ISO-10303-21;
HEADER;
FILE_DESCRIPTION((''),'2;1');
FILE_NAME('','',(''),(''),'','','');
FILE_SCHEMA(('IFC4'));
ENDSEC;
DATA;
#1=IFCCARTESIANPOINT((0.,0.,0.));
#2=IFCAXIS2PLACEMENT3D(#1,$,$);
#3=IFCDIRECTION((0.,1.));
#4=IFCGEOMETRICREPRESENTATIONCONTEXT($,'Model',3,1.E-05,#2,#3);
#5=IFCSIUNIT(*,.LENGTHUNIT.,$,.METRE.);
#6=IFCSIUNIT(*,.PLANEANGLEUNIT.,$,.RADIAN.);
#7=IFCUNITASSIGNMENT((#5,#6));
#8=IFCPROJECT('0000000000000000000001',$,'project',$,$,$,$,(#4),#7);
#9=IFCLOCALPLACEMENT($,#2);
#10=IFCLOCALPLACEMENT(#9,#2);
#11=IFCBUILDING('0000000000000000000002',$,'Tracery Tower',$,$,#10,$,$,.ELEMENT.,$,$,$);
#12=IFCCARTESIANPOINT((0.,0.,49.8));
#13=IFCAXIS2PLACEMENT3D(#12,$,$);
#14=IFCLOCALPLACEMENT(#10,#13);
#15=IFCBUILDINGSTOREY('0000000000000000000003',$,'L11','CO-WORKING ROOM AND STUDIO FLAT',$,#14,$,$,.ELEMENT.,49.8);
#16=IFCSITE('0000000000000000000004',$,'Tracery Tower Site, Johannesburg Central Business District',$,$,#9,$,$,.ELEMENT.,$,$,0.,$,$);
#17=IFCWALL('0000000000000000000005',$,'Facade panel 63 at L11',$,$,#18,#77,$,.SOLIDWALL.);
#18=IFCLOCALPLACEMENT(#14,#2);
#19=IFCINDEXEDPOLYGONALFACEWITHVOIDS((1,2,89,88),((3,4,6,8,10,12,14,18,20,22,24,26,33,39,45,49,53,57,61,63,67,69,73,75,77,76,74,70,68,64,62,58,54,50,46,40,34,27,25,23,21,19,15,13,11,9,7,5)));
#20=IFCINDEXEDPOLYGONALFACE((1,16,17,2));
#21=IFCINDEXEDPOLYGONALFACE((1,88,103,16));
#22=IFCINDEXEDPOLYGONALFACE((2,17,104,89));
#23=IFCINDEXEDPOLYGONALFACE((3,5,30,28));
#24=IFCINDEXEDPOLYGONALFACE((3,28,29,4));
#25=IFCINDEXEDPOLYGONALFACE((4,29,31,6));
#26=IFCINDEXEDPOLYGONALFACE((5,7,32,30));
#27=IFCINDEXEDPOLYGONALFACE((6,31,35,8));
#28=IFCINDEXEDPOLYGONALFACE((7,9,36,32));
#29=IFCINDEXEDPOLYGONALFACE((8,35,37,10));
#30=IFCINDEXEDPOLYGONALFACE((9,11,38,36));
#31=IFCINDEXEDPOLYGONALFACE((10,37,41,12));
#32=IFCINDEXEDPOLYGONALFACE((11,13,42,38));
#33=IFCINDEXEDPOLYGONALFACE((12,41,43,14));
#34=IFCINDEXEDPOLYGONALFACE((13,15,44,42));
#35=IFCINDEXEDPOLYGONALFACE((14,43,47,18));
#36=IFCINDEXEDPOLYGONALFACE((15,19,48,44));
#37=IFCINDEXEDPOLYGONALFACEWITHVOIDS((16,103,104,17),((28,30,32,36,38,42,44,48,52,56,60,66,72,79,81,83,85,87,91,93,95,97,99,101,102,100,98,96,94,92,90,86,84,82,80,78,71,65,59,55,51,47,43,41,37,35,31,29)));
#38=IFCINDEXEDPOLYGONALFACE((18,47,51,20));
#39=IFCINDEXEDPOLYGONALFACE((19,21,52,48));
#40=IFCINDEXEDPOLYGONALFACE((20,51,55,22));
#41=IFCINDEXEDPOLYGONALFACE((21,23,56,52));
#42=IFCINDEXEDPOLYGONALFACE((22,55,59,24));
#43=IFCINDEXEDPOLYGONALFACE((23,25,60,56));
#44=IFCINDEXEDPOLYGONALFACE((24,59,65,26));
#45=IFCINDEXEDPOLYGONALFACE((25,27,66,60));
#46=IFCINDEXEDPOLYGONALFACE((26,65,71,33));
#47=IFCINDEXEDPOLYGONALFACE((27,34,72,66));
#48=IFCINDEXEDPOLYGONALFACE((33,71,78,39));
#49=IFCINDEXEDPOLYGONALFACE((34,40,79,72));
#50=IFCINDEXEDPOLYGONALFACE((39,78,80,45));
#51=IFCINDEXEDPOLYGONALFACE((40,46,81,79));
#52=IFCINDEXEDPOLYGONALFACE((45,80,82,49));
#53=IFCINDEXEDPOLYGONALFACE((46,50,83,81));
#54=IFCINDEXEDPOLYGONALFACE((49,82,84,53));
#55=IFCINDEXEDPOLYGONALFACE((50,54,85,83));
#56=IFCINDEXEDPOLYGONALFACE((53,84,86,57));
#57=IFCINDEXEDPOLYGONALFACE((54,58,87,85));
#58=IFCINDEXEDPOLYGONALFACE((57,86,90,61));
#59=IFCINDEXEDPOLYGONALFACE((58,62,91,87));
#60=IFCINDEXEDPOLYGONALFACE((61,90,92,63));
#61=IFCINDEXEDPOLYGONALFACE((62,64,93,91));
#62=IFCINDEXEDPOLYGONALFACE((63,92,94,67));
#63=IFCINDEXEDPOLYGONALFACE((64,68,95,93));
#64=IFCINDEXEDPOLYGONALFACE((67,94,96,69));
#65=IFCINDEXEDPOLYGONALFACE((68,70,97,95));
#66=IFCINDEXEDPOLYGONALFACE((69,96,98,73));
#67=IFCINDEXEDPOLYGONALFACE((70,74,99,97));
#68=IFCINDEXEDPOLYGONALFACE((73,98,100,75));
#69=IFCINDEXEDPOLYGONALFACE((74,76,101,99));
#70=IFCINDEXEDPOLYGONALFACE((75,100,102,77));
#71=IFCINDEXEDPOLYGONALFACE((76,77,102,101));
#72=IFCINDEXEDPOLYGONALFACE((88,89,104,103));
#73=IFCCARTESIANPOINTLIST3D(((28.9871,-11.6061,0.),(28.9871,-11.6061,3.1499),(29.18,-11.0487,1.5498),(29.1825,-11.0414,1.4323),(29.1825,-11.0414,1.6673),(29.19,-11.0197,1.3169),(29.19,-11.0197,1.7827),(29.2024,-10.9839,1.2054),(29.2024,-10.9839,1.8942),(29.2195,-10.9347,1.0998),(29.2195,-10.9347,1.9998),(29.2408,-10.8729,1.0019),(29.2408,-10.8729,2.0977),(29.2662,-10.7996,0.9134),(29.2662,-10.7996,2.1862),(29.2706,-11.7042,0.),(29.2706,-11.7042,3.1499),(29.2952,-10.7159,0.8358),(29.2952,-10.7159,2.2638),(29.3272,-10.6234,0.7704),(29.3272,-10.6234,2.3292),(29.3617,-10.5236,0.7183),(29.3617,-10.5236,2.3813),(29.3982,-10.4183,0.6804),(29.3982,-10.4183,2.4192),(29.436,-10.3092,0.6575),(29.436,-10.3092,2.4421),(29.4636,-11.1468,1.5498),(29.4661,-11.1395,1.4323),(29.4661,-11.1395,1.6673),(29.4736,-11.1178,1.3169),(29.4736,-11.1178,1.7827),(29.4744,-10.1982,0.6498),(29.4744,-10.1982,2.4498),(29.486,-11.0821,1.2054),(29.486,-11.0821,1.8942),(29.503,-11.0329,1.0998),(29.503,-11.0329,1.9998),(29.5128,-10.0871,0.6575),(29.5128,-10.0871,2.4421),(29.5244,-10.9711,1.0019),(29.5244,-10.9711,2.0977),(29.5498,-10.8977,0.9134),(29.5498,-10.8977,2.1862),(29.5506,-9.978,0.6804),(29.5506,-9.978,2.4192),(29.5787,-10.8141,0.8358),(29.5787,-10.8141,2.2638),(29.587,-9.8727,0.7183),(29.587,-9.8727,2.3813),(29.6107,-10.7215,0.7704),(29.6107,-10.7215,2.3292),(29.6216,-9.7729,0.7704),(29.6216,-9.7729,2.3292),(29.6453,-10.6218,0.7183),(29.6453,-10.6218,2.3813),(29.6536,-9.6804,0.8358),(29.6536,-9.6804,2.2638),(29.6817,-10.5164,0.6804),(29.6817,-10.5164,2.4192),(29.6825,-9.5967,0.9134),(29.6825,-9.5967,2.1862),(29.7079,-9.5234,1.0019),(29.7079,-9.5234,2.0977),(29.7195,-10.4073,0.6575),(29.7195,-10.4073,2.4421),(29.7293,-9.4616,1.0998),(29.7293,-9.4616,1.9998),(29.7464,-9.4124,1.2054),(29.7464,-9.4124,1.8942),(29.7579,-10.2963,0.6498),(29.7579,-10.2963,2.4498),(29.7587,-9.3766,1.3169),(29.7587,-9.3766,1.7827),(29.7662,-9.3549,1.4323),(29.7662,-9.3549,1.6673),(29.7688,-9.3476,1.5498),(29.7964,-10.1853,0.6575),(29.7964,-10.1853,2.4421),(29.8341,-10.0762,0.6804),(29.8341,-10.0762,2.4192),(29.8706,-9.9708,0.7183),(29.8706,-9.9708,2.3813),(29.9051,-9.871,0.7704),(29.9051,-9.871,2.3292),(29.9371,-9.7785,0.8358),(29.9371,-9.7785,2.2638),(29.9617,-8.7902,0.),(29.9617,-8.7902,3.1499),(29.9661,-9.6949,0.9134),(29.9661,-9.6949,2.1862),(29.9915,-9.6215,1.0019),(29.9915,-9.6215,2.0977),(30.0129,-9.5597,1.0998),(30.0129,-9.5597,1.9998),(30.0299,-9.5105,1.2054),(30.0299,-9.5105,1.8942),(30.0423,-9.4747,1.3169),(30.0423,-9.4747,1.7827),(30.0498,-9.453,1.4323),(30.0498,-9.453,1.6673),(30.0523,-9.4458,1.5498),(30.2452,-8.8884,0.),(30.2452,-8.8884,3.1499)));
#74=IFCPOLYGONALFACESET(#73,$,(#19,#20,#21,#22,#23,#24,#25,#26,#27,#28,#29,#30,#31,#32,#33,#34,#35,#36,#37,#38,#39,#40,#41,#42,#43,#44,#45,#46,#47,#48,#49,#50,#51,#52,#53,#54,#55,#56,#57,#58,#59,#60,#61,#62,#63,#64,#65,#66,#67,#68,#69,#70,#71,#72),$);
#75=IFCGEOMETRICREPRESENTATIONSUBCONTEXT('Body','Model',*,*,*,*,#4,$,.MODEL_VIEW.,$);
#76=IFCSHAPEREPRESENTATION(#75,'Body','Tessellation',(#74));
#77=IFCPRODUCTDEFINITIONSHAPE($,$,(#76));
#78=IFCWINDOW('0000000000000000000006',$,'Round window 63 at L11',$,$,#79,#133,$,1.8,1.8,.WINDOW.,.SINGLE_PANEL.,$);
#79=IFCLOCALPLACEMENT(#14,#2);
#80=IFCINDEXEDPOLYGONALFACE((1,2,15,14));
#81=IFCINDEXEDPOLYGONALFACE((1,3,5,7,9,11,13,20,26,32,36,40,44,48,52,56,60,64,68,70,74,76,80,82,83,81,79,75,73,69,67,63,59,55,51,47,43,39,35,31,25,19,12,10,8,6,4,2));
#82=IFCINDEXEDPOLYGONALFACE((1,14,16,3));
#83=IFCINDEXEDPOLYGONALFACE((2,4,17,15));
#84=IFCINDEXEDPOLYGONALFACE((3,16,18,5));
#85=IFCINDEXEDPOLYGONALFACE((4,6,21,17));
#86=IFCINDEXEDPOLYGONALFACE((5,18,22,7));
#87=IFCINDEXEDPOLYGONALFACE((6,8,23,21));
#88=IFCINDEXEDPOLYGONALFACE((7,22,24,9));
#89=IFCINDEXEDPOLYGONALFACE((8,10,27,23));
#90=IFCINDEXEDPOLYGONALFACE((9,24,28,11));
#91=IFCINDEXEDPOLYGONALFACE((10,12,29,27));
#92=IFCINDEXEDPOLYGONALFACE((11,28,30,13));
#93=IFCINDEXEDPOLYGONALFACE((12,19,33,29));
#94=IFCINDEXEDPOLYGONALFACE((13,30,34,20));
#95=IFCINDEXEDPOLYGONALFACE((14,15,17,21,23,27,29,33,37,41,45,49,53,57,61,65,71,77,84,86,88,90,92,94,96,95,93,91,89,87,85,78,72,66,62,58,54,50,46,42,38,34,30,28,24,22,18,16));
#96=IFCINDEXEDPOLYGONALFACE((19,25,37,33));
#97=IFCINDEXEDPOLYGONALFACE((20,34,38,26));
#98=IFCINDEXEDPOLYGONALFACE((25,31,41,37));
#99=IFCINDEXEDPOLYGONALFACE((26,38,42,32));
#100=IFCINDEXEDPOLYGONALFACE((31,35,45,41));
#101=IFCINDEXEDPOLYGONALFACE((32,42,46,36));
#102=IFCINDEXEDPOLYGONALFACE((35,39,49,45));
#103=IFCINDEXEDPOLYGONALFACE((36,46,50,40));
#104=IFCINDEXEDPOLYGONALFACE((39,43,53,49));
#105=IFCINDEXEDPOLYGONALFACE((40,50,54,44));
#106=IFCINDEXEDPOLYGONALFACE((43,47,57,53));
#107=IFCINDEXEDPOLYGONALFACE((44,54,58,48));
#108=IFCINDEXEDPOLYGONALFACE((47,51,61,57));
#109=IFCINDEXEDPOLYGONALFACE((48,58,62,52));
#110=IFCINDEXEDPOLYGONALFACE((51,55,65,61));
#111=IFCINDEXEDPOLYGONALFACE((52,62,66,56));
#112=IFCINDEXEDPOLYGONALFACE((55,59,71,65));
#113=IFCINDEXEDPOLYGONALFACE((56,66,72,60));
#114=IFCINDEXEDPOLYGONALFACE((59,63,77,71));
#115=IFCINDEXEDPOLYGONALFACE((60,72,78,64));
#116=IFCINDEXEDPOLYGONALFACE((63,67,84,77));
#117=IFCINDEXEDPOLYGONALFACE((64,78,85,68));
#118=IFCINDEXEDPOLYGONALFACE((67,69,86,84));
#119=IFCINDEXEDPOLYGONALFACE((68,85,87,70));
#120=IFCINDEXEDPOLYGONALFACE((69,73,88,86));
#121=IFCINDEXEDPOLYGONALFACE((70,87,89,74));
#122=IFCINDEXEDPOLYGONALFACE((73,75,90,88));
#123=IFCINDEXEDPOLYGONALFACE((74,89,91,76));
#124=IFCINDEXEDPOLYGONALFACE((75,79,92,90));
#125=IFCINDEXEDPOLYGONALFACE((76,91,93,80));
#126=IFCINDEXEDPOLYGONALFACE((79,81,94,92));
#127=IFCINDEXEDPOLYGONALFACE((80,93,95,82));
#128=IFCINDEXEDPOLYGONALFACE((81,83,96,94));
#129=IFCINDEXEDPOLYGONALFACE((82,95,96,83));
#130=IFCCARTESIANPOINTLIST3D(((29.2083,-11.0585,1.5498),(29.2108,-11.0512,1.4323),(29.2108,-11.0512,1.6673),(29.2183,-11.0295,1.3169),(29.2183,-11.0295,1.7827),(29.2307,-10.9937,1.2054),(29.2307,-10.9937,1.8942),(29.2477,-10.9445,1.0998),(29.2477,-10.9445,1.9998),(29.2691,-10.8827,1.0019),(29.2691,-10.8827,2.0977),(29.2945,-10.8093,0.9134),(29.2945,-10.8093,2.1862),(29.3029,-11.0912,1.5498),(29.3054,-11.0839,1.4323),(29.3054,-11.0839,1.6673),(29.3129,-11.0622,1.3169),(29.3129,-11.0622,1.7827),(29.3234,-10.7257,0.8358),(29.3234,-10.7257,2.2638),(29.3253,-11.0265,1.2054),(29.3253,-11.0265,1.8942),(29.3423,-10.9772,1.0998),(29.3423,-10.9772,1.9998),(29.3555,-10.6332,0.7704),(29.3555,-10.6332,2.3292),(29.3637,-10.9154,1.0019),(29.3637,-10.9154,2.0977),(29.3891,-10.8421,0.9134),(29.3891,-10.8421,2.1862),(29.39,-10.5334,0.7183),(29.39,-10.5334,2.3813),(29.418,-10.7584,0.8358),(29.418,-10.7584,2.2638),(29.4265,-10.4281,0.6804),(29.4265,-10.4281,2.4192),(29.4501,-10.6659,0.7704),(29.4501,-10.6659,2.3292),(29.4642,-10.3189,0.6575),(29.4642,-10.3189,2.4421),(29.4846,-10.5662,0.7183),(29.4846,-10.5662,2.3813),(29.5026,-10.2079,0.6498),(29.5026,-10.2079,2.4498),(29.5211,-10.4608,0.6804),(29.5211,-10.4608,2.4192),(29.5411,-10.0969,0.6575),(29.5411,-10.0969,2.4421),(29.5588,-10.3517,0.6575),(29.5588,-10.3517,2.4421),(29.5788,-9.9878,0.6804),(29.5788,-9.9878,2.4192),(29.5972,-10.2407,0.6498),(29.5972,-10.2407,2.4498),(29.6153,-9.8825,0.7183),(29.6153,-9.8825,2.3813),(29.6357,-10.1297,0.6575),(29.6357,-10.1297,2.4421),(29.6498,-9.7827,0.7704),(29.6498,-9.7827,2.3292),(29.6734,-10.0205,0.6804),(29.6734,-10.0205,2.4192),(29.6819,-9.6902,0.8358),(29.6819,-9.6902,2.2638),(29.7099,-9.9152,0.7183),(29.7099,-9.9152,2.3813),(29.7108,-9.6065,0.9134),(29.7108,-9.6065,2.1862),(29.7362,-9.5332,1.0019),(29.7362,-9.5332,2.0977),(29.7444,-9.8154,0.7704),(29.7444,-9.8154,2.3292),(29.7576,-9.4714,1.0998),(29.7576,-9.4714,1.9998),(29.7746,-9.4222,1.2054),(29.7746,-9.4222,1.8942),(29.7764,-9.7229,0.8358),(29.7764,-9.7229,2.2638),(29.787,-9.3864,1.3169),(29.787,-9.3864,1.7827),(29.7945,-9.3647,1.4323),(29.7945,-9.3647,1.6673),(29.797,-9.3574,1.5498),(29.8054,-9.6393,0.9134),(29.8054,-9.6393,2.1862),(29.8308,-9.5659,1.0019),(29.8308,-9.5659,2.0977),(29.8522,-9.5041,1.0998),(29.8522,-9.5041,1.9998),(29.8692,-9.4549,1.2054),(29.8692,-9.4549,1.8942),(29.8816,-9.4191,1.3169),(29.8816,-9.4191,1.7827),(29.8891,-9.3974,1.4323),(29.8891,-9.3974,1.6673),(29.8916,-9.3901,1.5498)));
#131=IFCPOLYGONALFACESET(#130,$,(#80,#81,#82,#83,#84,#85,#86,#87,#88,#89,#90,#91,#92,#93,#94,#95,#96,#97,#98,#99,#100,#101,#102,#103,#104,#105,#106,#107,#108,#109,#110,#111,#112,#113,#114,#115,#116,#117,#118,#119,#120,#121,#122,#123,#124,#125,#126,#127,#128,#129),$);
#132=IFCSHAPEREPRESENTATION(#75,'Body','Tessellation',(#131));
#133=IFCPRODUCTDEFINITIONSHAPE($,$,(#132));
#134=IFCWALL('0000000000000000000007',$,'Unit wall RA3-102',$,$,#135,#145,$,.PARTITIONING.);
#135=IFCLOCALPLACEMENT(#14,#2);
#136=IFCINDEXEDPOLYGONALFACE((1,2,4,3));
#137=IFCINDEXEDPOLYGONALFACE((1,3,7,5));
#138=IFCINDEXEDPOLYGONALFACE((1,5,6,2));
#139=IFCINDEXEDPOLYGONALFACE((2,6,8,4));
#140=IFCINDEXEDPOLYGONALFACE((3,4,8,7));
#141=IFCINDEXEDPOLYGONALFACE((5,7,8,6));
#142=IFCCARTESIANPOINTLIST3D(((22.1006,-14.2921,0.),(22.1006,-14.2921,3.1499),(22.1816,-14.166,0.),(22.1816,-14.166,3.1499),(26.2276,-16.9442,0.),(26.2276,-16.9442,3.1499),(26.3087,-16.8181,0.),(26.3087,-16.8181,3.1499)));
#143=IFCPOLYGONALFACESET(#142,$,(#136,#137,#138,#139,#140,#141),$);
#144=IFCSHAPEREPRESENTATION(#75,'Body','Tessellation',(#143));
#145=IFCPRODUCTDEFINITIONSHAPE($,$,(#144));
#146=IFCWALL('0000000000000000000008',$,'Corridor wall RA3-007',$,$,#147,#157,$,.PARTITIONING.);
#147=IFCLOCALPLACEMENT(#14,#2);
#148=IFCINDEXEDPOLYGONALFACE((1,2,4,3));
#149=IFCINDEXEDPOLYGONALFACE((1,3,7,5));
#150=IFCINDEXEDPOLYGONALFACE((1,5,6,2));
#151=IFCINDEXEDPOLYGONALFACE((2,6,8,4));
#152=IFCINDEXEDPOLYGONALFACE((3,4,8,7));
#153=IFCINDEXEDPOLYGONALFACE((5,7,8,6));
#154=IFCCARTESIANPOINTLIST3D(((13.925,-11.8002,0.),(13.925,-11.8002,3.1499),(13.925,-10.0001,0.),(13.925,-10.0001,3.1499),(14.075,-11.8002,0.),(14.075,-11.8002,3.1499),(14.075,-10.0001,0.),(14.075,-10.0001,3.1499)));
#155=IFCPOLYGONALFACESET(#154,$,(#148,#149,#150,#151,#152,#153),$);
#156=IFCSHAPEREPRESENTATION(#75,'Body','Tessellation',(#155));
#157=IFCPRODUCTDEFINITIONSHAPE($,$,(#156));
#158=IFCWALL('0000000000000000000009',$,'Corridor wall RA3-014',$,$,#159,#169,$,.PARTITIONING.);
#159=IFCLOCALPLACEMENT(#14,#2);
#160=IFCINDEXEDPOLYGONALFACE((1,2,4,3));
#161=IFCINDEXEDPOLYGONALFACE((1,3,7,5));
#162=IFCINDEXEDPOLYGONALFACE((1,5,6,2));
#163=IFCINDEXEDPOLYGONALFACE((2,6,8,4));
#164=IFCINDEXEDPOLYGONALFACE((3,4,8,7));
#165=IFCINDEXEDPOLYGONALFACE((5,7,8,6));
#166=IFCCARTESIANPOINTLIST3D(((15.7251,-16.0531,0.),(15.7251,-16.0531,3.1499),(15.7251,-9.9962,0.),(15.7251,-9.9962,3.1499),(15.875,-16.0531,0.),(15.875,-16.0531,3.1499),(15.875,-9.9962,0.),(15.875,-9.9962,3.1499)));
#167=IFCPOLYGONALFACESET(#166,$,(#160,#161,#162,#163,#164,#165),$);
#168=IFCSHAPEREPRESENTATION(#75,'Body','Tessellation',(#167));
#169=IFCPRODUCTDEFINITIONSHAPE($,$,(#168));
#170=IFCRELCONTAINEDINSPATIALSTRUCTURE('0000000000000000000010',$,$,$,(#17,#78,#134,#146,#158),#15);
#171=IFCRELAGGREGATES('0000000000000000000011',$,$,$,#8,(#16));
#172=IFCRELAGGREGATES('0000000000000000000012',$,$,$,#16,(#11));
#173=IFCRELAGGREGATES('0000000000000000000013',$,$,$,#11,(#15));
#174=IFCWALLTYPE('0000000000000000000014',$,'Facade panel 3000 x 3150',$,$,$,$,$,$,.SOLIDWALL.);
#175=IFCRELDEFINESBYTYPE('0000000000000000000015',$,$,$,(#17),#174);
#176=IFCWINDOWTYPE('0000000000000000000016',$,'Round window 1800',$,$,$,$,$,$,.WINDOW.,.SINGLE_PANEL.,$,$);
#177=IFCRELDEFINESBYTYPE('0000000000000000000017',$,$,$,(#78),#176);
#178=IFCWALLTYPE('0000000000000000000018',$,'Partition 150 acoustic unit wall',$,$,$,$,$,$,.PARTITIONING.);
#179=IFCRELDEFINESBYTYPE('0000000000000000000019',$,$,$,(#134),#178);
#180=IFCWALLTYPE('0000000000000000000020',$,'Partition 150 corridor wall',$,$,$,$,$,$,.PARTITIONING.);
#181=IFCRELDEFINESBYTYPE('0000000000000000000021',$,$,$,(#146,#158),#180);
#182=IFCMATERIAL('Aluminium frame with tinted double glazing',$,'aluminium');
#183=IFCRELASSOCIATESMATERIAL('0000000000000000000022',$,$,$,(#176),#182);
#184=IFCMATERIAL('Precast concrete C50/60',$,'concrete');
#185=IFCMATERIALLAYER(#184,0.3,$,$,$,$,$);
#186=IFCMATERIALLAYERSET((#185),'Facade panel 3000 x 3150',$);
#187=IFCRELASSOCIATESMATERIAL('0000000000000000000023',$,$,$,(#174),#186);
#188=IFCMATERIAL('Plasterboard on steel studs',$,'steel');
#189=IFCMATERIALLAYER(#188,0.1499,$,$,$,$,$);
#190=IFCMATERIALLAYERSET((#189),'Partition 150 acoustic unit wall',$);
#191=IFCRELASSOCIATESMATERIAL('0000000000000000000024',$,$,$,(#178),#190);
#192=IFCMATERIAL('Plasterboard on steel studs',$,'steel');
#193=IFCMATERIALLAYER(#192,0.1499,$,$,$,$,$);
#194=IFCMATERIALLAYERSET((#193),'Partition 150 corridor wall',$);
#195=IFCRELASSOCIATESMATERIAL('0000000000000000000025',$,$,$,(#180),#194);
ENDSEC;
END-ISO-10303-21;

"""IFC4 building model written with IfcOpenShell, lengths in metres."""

from ifc_helpers import new_model, si_unit, direction, frame, frame_2d, origin, origin_2d, place, context, subcontext, project, spatial, rectangle, circle, extrude, material, layer, layer_set, type_object, element, fill, save


model = new_model("IFC4")

# Units and contexts
model_context = context("Model", 3, precision=1e-05, world=origin(), true_north=direction((0.0, 1.0)))
body_context = subcontext(model_context, "Body", "Model", "MODEL_VIEW")
ifc_project = project(units=[si_unit("LENGTHUNIT", "METRE"), si_unit("PLANEANGLEUNIT", "RADIAN")], contexts=[model_context])

# Site, building, storey
site_placement = place(None, origin())
site = spatial("IfcSite", under=ifc_project, at=site_placement, Name="Tracery Tower Site, Johannesburg Central Business District", CompositionType="ELEMENT", RefElevation=0.0)
building_placement = place(site_placement, origin())
building = spatial("IfcBuilding", under=site, at=building_placement, Name="Tracery Tower", CompositionType="ELEMENT")
storey_placement = place(building_placement, frame((0.0, 0.0, 49.8)))
storey = spatial("IfcBuildingStorey", under=building, at=storey_placement, Name="L11", Description="CO-WORKING ROOM AND STUDIO FLAT", CompositionType="ELEMENT", Elevation=49.8)

# Wall, opening, window
ifc_material_1 = material(Name="Aluminium frame with tinted double glazing", Category="aluminium")
window_type = type_object("IfcWindowType", Name="Round window 1800", PartitioningType="SINGLE_PANEL", PredefinedType="WINDOW", material=ifc_material_1)
ifc_material_2 = material(Name="Precast concrete C50/60", Category="concrete")
ifc_layer_1 = layer(ifc_material_2, 0.3)
ifc_layer_set_1 = layer_set([ifc_layer_1], Name="Facade panel 3000 x 3150")
wall_type_1 = type_object("IfcWallType", Name="Facade panel 3000 x 3150", PredefinedType="SOLIDWALL", material=ifc_layer_set_1)
wall_1_placement = place(storey_placement, frame((29.1289, -11.655, 0.0), z_axis=(0.0, 0.0, 1.0), x_axis=(0.327071, 0.945, 0.0)))
wall_1 = element("IfcWall", 1, at=wall_1_placement, inside=storey, type_object=wall_type_1, Name="Facade panel 63 at L11", PredefinedType="SOLIDWALL", context=body_context, shape_type="SweptSolid", body=[
    extrude(rectangle(XDim=2.9797, YDim=0.3, at=frame_2d((1.4897, 0.0))), origin(), (0.0, 0.0, 1.0), 3.1499),
])
opening_1_placement = place(wall_1_placement, frame((1.4897, 0.0, 1.5498)))
opening_1 = element("IfcOpeningElement", 2, at=opening_1_placement, cuts=wall_1, PredefinedType="OPENING", context=body_context, shape_type="SweptSolid", body=[
    extrude(circle(Radius=0.9, at=origin_2d()), frame((0.0, 0.1599, 0.0), z_axis=(0.0, -1.0, 0.0), x_axis=(1.0, 0.0, 0.0)), (0.0, 0.0, 1.0), 0.3201),
])
window_1_placement = place(opening_1_placement, origin())
window_1 = element("IfcWindow", 3, at=window_1_placement, inside=storey, type_object=window_type, Name="Round window 63 at L11", OverallHeight=1.8, OverallWidth=1.8, PartitioningType="SINGLE_PANEL", PredefinedType="WINDOW", context=body_context, shape_type="SweptSolid", body=[
    extrude(circle(Radius=0.9, at=origin_2d()), frame((0.0, 0.1201, 0.0), z_axis=(0.0, -1.0, 0.0), x_axis=(1.0, 0.0, 0.0)), (0.0, 0.0, 1.0), 0.1001),
])
fill(opening_1, window_1)

# Walls
ifc_material_3 = material(Name="Plasterboard on steel studs", Category="steel")
ifc_layer_2 = layer(ifc_material_3, 0.1499)
ifc_layer_set_2 = layer_set([ifc_layer_2], Name="Partition 150 acoustic unit wall")
wall_type_2 = type_object("IfcWallType", Name="Partition 150 acoustic unit wall", PredefinedType="PARTITIONING", material=ifc_layer_set_2)
wall_2_placement = place(storey_placement, frame((22.1411, -14.229, 0.0), z_axis=(0.0, 0.0, 1.0), x_axis=(0.841266, -0.540622, 0.0)))
element("IfcWall", 4, at=wall_2_placement, inside=storey, type_object=wall_type_2, Name="Unit wall RA3-102", PredefinedType="PARTITIONING", context=body_context, shape_type="SweptSolid", body=[
    extrude(rectangle(XDim=4.9058, YDim=0.1499, at=frame_2d((2.4529, 0.0))), origin(), (0.0, 0.0, 1.0), 3.1499),
])
ifc_material_4 = material(Name="Plasterboard on steel studs", Category="steel")
ifc_layer_3 = layer(ifc_material_4, 0.1499)
ifc_layer_set_3 = layer_set([ifc_layer_3], Name="Partition 150 corridor wall")
wall_type_3 = type_object("IfcWallType", Name="Partition 150 corridor wall", PredefinedType="PARTITIONING", material=ifc_layer_set_3)
wall_3_placement = place(storey_placement, frame((14.0, -11.8, 0.0), z_axis=(0.0, 0.0, 1.0), x_axis=(0.0, 1.0, 0.0)))
element("IfcWall", 5, at=wall_3_placement, inside=storey, type_object=wall_type_3, Name="Corridor wall RA3-007", PredefinedType="PARTITIONING", context=body_context, shape_type="SweptSolid", body=[
    extrude(rectangle(XDim=1.8, YDim=0.1499, at=frame_2d((0.8999, 0.0))), origin(), (0.0, 0.0, 1.0), 3.1499),
])
wall_4_placement = place(storey_placement, frame((15.8, -16.053, 0.0), z_axis=(0.0, 0.0, 1.0), x_axis=(0.0, 1.0, 0.0)))
element("IfcWall", 6, at=wall_4_placement, inside=storey, type_object=wall_type_3, Name="Corridor wall RA3-014", PredefinedType="PARTITIONING", context=body_context, shape_type="SweptSolid", body=[
    extrude(rectangle(XDim=6.0569, YDim=0.1499, at=frame_2d((3.0283, 0.0))), origin(), (0.0, 0.0, 1.0), 3.1499),
])

save(model, "model.ifc")
